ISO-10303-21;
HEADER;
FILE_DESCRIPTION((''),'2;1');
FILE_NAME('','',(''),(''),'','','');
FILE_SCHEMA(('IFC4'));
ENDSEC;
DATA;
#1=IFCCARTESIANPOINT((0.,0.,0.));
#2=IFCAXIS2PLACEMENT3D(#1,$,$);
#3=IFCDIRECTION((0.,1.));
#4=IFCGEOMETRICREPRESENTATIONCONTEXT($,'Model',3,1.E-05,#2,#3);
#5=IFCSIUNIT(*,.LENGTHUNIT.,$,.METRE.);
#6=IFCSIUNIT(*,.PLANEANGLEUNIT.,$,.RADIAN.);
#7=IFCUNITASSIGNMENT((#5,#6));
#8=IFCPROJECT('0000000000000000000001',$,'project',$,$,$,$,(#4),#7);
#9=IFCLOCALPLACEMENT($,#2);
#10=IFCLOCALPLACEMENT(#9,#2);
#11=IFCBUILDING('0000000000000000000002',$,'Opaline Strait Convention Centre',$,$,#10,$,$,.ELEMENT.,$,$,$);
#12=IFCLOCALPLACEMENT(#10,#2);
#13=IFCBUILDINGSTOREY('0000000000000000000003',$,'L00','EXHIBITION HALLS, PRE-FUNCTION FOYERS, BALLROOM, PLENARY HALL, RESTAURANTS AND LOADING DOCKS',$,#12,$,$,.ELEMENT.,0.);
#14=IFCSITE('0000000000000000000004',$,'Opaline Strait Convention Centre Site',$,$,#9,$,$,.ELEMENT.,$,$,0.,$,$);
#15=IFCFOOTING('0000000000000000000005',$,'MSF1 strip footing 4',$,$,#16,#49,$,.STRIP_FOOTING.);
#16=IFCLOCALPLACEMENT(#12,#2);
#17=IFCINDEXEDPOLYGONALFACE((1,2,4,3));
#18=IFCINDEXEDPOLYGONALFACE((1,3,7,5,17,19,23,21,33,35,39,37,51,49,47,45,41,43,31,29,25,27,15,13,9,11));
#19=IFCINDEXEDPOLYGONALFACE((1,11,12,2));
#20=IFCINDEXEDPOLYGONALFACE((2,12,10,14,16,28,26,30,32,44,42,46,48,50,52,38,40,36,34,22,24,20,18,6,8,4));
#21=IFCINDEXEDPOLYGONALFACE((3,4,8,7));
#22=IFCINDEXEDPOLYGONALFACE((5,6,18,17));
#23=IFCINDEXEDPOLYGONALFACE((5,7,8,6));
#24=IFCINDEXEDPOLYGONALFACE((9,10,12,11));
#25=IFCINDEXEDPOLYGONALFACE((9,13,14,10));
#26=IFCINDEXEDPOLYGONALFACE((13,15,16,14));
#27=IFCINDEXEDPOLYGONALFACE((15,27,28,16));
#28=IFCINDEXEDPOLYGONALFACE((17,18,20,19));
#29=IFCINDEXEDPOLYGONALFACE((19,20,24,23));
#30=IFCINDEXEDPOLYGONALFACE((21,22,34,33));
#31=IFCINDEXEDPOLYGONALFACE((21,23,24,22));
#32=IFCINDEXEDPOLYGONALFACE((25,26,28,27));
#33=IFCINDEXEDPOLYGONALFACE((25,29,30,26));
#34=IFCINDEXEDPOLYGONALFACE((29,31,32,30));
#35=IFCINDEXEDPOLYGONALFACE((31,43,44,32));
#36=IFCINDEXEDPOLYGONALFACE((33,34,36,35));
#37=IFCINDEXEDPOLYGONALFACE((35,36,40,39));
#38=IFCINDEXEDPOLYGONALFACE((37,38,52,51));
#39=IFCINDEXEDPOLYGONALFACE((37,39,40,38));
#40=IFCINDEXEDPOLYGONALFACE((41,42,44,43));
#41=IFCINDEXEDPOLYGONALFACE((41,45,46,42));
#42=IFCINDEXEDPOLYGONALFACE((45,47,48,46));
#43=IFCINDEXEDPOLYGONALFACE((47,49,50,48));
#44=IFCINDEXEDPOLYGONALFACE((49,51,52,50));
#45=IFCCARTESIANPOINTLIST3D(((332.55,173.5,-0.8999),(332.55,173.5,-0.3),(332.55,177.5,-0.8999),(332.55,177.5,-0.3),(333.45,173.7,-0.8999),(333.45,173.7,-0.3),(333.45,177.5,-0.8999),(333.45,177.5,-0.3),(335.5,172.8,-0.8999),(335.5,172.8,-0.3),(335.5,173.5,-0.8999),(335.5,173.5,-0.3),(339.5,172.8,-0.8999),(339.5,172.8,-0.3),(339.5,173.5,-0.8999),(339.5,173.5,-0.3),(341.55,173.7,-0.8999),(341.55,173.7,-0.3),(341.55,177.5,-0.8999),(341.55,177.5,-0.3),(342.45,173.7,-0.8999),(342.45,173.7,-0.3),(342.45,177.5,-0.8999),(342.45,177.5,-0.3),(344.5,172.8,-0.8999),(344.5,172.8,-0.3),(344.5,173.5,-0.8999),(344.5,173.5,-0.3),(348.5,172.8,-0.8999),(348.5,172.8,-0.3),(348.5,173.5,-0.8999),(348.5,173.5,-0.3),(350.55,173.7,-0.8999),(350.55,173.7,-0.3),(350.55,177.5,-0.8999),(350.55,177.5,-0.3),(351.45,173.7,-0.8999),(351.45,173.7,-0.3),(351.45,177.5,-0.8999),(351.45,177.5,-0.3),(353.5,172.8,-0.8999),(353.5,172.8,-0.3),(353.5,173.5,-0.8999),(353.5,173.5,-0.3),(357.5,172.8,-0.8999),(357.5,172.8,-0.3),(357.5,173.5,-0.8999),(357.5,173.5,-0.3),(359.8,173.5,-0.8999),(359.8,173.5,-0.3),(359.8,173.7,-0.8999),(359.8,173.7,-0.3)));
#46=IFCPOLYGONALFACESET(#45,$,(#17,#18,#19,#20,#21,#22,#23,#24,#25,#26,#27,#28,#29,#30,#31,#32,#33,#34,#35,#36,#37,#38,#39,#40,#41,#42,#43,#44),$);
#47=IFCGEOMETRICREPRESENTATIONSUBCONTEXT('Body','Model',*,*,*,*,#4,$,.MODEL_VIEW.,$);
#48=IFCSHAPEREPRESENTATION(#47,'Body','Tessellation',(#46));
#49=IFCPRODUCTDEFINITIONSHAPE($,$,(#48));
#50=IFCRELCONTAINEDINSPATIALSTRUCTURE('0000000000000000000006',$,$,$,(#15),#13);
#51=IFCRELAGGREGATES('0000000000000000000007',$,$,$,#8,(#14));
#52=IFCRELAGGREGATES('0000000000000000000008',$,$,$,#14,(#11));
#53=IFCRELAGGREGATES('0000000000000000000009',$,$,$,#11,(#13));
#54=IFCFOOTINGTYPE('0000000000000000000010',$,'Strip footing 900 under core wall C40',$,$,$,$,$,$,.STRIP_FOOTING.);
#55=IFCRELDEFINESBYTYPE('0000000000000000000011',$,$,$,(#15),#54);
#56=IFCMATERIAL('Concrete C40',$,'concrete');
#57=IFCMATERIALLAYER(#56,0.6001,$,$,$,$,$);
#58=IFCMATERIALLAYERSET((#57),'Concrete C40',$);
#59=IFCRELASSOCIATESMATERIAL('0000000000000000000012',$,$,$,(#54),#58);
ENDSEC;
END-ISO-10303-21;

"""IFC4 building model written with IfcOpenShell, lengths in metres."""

from ifc_helpers import new_model, si_unit, direction, frame, origin, place, context, subcontext, project, spatial, polyline, outline, extrude, material, layer, layer_set, type_object, element, save


model = new_model("IFC4")

# Units and contexts
model_context = context("Model", 3, precision=1e-05, world=origin(), true_north=direction((0.0, 1.0)))
body_context = subcontext(model_context, "Body", "Model", "MODEL_VIEW")
ifc_project = project(units=[si_unit("LENGTHUNIT", "METRE"), si_unit("PLANEANGLEUNIT", "RADIAN")], contexts=[model_context])

# Site, building, storey
site_placement = place(None, origin())
site = spatial("IfcSite", under=ifc_project, at=site_placement, Name="Opaline Strait Convention Centre Site", CompositionType="ELEMENT", RefElevation=0.0)
building_placement = place(site_placement, origin())
building = spatial("IfcBuilding", under=site, at=building_placement, Name="Opaline Strait Convention Centre", CompositionType="ELEMENT")
storey_placement = place(building_placement, origin())
storey = spatial("IfcBuildingStorey", under=building, at=storey_placement, Name="L00", Description="EXHIBITION HALLS, PRE-FUNCTION FOYERS, BALLROOM, PLENARY HALL, RESTAURANTS AND LOADING DOCKS", CompositionType="ELEMENT", Elevation=0.0)

# Footing
ifc_material_1 = material(Name="Concrete C40", Category="concrete")
ifc_layer_1 = layer(ifc_material_1, 0.6001)
ifc_layer_set_1 = layer_set([ifc_layer_1], Name="Concrete C40")
footing_type_1 = type_object("IfcFootingType", Name="Strip footing 900 under core wall C40", PredefinedType="STRIP_FOOTING", material=ifc_layer_set_1)
footing_1_placement = place(storey_placement, frame((0.0, 0.0, -0.8999)))
element("IfcFooting", 1, at=footing_1_placement, inside=storey, type_object=footing_type_1, Name="MSF1 strip footing 4", PredefinedType="STRIP_FOOTING", context=body_context, shape_type="SweptSolid", body=[
    extrude(outline(polyline([(341.55, 173.7), (341.55, 177.5), (342.45, 177.5), (342.45, 173.7), (350.55, 173.7), (350.55, 177.5), (351.45, 177.5), (351.45, 173.7), (359.8, 173.7), (359.8, 173.5), (357.5, 173.5), (357.5, 172.8), (353.5, 172.8), (353.5, 173.5), (348.5, 173.5), (348.5, 172.8), (344.5, 172.8), (344.5, 173.5), (339.5, 173.5), (339.5, 172.8), (335.5, 172.8), (335.5, 173.5), (332.55, 173.5), (332.55, 177.5), (333.45, 177.5), (333.45, 173.7), (341.55, 173.7)])), origin(), (0.0, 0.0, 1.0), 0.5999),
])

save(model, "model.ifc")
